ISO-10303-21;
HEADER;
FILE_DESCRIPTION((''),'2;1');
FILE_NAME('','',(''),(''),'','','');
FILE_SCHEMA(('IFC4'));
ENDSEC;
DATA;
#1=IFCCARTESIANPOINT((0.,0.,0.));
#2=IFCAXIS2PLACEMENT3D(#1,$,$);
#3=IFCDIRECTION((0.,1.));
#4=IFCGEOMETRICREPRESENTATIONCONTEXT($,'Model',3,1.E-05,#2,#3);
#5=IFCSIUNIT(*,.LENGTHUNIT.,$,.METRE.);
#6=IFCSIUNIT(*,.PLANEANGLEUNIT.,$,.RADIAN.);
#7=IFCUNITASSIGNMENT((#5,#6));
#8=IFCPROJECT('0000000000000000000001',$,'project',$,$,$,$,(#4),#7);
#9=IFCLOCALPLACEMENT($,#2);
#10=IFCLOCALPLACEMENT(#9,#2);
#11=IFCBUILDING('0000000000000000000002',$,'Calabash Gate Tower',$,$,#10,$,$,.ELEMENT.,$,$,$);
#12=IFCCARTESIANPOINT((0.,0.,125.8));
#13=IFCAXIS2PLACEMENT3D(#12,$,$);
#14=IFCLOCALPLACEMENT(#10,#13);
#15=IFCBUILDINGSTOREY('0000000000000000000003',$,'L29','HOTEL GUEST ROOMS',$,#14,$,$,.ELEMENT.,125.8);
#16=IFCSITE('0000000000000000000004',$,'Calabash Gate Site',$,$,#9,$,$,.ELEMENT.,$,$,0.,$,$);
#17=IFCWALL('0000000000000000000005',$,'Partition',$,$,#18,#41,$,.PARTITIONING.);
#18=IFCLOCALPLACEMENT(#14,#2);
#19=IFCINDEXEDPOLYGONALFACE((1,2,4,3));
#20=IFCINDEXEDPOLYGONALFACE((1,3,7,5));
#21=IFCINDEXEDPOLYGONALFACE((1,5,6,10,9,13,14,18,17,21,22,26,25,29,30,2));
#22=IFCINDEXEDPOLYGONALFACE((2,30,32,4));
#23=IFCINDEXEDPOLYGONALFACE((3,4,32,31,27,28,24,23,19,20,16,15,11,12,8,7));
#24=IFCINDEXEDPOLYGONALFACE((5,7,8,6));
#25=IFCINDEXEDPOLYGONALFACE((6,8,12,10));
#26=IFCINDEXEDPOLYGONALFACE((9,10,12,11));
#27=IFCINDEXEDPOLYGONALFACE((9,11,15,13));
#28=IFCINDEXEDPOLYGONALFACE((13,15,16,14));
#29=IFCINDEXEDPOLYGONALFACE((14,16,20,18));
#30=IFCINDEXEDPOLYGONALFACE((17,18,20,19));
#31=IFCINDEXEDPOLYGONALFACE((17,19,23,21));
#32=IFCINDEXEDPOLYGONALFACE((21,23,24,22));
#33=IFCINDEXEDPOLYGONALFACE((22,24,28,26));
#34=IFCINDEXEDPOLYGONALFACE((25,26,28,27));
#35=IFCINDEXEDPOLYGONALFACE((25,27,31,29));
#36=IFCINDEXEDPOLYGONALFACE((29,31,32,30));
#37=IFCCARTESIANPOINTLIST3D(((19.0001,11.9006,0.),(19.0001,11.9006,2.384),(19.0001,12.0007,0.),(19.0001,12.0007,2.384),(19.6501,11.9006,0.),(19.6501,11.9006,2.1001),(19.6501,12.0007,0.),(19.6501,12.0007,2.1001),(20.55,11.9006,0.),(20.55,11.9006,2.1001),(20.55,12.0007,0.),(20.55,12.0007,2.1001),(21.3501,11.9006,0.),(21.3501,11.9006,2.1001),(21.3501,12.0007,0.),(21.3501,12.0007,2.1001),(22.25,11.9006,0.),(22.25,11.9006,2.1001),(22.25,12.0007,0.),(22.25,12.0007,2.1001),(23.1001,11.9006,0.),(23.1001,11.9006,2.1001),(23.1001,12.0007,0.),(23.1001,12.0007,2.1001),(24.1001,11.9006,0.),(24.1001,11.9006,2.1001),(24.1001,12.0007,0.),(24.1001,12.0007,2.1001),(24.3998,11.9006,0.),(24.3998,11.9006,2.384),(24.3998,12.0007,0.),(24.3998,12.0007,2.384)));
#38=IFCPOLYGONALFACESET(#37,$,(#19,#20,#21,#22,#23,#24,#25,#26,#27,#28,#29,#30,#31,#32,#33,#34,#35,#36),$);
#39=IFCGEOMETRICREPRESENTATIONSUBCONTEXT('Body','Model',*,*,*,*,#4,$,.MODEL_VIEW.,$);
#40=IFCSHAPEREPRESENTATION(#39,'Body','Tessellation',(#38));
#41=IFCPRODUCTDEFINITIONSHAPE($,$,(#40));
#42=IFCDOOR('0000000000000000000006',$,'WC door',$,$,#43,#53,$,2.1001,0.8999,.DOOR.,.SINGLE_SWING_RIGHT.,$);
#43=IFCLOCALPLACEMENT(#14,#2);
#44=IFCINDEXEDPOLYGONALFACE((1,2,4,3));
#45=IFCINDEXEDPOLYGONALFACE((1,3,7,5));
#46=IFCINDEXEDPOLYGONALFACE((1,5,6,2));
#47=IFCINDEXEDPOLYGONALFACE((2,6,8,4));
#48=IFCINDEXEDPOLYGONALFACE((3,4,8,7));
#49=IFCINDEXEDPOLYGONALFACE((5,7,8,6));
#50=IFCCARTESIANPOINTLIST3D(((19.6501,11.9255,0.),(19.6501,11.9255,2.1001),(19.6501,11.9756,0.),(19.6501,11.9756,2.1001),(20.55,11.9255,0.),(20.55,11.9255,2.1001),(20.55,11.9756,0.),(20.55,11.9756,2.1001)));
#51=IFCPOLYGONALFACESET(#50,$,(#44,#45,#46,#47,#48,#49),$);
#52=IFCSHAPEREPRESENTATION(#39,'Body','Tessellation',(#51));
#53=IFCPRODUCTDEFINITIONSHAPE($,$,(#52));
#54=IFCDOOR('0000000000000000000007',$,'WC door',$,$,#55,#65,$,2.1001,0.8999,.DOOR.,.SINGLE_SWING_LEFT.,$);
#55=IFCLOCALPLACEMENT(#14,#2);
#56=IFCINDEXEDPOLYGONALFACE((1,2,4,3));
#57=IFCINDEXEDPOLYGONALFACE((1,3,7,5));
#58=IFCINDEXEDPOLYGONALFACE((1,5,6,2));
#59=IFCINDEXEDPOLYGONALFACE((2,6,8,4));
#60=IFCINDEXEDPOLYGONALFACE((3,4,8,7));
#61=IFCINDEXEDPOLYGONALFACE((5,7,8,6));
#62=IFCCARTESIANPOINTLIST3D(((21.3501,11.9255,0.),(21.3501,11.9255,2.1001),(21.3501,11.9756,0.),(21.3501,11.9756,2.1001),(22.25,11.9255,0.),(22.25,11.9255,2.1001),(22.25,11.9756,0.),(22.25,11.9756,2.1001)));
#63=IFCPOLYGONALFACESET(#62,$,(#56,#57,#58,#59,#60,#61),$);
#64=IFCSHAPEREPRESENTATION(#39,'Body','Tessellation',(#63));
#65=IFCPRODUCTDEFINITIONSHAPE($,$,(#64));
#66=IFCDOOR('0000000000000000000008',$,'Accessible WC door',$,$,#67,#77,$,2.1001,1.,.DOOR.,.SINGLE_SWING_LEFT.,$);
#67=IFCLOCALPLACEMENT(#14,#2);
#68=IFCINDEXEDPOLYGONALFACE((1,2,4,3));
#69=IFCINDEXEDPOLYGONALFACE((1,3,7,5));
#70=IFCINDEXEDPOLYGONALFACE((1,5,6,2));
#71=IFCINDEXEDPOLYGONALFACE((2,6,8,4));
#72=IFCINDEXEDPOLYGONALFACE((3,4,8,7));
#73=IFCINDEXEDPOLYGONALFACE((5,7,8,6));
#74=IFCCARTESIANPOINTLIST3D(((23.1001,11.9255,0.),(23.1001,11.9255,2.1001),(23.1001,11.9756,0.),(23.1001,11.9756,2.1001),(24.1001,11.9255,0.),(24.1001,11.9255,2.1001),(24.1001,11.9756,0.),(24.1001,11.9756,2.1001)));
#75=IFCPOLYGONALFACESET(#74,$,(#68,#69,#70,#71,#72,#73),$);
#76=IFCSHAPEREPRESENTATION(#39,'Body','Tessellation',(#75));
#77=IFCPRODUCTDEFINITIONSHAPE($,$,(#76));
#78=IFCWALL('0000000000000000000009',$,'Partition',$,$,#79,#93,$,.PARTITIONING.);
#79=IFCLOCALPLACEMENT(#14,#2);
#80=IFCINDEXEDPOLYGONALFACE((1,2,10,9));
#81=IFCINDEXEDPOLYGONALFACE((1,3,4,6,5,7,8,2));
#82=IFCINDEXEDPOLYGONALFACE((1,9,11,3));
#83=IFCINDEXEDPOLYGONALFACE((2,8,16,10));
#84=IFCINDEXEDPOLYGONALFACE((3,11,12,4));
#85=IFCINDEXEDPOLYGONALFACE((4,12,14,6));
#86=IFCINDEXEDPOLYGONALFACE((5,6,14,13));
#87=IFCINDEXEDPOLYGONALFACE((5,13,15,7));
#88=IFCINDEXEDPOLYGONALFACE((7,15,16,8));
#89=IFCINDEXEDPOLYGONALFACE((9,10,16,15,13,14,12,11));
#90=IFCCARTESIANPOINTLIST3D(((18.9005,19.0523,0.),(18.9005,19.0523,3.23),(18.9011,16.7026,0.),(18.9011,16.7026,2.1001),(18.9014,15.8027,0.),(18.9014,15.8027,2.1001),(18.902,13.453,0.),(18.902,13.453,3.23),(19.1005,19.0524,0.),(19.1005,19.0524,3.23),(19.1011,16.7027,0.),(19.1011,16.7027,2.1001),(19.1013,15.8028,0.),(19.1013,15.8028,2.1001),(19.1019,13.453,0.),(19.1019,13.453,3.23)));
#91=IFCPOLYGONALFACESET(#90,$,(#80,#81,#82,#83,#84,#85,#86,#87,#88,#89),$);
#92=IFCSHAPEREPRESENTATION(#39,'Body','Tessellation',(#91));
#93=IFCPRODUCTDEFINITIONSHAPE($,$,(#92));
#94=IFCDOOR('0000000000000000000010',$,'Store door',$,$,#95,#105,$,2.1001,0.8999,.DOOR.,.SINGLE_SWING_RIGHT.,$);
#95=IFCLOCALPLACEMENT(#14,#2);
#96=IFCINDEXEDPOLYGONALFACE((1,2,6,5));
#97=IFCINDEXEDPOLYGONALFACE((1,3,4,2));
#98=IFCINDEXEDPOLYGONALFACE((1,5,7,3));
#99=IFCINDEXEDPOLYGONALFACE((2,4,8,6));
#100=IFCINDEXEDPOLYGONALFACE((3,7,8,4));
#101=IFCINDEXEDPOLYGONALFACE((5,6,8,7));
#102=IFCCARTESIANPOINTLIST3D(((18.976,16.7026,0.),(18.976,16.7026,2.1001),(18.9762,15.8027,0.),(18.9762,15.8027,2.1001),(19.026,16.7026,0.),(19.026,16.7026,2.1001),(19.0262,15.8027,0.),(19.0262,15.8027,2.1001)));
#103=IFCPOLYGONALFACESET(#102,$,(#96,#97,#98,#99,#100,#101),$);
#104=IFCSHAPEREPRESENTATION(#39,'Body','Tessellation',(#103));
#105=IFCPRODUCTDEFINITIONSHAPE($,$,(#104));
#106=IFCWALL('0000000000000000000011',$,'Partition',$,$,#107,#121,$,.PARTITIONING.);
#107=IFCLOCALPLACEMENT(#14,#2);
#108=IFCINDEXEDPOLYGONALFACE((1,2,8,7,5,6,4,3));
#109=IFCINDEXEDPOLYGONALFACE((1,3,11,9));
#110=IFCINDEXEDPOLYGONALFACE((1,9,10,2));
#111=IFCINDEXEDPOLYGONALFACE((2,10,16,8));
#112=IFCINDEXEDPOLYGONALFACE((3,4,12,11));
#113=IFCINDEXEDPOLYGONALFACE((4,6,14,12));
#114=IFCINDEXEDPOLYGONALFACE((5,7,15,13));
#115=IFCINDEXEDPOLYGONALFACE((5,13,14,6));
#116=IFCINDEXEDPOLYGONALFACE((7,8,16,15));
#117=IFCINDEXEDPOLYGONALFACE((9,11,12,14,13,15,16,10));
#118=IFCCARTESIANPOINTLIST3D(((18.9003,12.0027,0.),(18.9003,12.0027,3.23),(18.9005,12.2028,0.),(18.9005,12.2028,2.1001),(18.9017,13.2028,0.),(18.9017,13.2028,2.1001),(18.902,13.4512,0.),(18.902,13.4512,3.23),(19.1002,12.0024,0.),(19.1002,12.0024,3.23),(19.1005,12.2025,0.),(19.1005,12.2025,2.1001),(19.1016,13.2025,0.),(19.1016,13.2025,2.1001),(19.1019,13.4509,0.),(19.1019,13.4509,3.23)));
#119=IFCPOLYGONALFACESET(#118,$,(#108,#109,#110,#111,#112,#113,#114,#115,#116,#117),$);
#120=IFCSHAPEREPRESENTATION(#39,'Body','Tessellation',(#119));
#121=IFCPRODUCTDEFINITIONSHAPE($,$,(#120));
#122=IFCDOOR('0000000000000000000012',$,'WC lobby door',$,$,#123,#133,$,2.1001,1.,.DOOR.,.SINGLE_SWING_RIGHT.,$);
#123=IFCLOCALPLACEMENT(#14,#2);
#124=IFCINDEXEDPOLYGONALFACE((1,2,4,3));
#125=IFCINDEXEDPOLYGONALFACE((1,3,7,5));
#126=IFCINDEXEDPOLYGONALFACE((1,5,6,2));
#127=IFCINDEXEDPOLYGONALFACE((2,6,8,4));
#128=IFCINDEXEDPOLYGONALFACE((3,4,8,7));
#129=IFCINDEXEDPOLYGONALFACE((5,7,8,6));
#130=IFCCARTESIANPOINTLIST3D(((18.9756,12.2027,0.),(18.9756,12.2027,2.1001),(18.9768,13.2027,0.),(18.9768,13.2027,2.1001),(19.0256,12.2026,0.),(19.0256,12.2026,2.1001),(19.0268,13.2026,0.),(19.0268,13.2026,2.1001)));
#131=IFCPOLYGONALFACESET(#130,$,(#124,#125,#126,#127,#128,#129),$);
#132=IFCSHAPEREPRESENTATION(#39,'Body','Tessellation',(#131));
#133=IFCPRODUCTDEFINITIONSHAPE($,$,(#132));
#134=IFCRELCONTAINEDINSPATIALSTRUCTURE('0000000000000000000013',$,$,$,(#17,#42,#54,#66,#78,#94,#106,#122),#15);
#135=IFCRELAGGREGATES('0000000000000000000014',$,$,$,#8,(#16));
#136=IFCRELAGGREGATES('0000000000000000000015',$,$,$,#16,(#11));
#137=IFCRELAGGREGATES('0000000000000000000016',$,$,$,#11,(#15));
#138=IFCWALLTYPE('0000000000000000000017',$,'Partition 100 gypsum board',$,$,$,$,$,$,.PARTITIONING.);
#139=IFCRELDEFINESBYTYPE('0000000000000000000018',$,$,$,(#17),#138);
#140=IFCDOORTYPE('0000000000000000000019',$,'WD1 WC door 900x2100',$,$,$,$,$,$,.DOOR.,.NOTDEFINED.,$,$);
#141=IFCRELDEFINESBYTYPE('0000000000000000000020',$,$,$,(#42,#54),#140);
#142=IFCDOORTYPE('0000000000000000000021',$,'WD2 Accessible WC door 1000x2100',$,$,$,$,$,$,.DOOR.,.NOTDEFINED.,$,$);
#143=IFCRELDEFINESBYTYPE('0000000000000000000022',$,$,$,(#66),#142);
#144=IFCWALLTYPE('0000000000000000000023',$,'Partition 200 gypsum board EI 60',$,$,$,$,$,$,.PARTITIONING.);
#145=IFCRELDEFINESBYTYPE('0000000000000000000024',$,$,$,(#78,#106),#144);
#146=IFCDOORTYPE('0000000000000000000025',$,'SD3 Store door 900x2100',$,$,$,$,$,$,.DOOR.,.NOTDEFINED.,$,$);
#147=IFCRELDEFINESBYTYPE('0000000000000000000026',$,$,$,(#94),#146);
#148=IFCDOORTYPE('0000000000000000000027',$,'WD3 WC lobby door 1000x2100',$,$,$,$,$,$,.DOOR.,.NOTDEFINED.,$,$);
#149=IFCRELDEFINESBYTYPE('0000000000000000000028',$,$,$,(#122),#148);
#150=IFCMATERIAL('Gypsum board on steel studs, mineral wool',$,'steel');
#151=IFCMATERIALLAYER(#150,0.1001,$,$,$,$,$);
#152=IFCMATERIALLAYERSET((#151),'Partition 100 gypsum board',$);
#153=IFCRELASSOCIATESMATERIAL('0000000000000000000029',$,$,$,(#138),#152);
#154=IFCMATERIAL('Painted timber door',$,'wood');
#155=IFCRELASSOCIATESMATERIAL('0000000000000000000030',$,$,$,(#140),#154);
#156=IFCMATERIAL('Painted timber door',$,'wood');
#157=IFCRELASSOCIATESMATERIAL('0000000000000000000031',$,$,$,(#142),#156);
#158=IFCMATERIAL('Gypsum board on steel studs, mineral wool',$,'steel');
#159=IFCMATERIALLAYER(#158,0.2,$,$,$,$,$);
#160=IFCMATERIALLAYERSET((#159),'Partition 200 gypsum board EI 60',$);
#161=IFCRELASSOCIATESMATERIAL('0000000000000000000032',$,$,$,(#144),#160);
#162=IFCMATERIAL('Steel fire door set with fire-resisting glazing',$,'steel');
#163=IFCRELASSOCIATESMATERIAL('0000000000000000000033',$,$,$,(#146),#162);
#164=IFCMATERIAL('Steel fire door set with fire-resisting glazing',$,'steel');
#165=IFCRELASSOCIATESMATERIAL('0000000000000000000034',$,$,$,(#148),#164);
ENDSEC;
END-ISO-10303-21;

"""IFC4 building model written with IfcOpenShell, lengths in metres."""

from ifc_helpers import new_model, si_unit, direction, frame, frame_2d, origin, place, context, subcontext, project, spatial, rectangle, extrude, material, layer, layer_set, type_object, element, fill, save


model = new_model("IFC4")

# Units and contexts
model_context = context("Model", 3, precision=1e-05, world=origin(), true_north=direction((0.0, 1.0)))
body_context = subcontext(model_context, "Body", "Model", "MODEL_VIEW")
ifc_project = project(units=[si_unit("LENGTHUNIT", "METRE"), si_unit("PLANEANGLEUNIT", "RADIAN")], contexts=[model_context])

# Site, building, storey
site_placement = place(None, origin())
site = spatial("IfcSite", under=ifc_project, at=site_placement, Name="Calabash Gate Site", CompositionType="ELEMENT", RefElevation=0.0)
building_placement = place(site_placement, origin())
building = spatial("IfcBuilding", under=site, at=building_placement, Name="Calabash Gate Tower", CompositionType="ELEMENT")
storey_placement = place(building_placement, frame((0.0, 0.0, 125.8)))
storey = spatial("IfcBuildingStorey", under=building, at=storey_placement, Name="L29", Description="HOTEL GUEST ROOMS", CompositionType="ELEMENT", Elevation=125.8)

# Wall, openings, doors
ifc_material_1 = material(Name="Gypsum board on steel studs, mineral wool", Category="steel")
ifc_layer_1 = layer(ifc_material_1, 0.1001)
ifc_layer_set_1 = layer_set([ifc_layer_1], Name="Partition 100 gypsum board")
wall_type_1 = type_object("IfcWallType", Name="Partition 100 gypsum board", PredefinedType="PARTITIONING", material=ifc_layer_set_1)
wall_1_placement = place(storey_placement, frame((19.0002, 11.9507, 0.0), z_axis=(0.0, 0.0, 1.0), x_axis=(1.0, 0.0, 0.0)))
wall_1 = element("IfcWall", 1, at=wall_1_placement, inside=storey, type_object=wall_type_1, Name="Partition", PredefinedType="PARTITIONING", context=body_context, shape_type="SweptSolid", body=[
    extrude(rectangle(XDim=5.3997, YDim=0.1001, at=frame_2d((2.6997, 0.0))), origin(), (0.0, 0.0, 1.0), 2.384),
])
opening_1_placement = place(wall_1_placement, frame((0.6499, 0.0, 0.0)))
opening_1 = element("IfcOpeningElement", 2, at=opening_1_placement, cuts=wall_1, PredefinedType="OPENING", context=body_context, shape_type="SweptSolid", body=[
    extrude(rectangle(XDim=0.8999, YDim=2.1001, at=frame_2d((0.45, 1.05))), frame((0.0, 0.0601, 0.0), z_axis=(0.0, -1.0, 0.0), x_axis=(1.0, 0.0, 0.0)), (0.0, 0.0, 1.0), 0.1201),
])
opening_2_placement = place(wall_1_placement, frame((2.3499, 0.0, 0.0)))
opening_2 = element("IfcOpeningElement", 3, at=opening_2_placement, cuts=wall_1, PredefinedType="OPENING", context=body_context, shape_type="SweptSolid", body=[
    extrude(rectangle(XDim=0.8999, YDim=2.1001, at=frame_2d((0.45, 1.05))), frame((0.0, 0.0601, 0.0), z_axis=(0.0, -1.0, 0.0), x_axis=(1.0, 0.0, 0.0)), (0.0, 0.0, 1.0), 0.1201),
])
opening_3_placement = place(wall_1_placement, frame((4.0999, 0.0, 0.0)))
opening_3 = element("IfcOpeningElement", 4, at=opening_3_placement, cuts=wall_1, PredefinedType="OPENING", context=body_context, shape_type="SweptSolid", body=[
    extrude(rectangle(XDim=1.0, YDim=2.1001, at=frame_2d((0.5, 1.05))), frame((0.0, 0.0601, 0.0), z_axis=(0.0, -1.0, 0.0), x_axis=(1.0, 0.0, 0.0)), (0.0, 0.0, 1.0), 0.1201),
])
ifc_material_2 = material(Name="Painted timber door", Category="wood")
door_type_1 = type_object("IfcDoorType", Name="WD1 WC door 900x2100", OperationType="NOTDEFINED", PredefinedType="DOOR", material=ifc_material_2)
door_1_placement = place(opening_1_placement, origin())
door_1 = element("IfcDoor", 5, at=door_1_placement, inside=storey, type_object=door_type_1, Name="WC door", OperationType="SINGLE_SWING_RIGHT", OverallHeight=2.1001, OverallWidth=0.8999, PredefinedType="DOOR", context=body_context, shape_type="SweptSolid", body=[
    extrude(rectangle(XDim=0.8999, YDim=2.1001, at=frame_2d((0.45, 1.05))), frame((0.0, 0.0249, 0.0), z_axis=(0.0, -1.0, 0.0), x_axis=(1.0, 0.0, 0.0)), (0.0, 0.0, 1.0), 0.05),
])
fill(opening_1, door_1)
door_2_placement = place(opening_2_placement, origin())
door_2 = element("IfcDoor", 6, at=door_2_placement, inside=storey, type_object=door_type_1, Name="WC door", OperationType="SINGLE_SWING_LEFT", OverallHeight=2.1001, OverallWidth=0.8999, PredefinedType="DOOR", context=body_context, shape_type="SweptSolid", body=[
    extrude(rectangle(XDim=0.8999, YDim=2.1001, at=frame_2d((0.45, 1.05))), frame((0.0, 0.0249, 0.0), z_axis=(0.0, -1.0, 0.0), x_axis=(1.0, 0.0, 0.0)), (0.0, 0.0, 1.0), 0.05),
])
fill(opening_2, door_2)
ifc_material_3 = material(Name="Painted timber door", Category="wood")
door_type_2 = type_object("IfcDoorType", Name="WD2 Accessible WC door 1000x2100", OperationType="NOTDEFINED", PredefinedType="DOOR", material=ifc_material_3)
door_3_placement = place(opening_3_placement, origin())
door_3 = element("IfcDoor", 7, at=door_3_placement, inside=storey, type_object=door_type_2, Name="Accessible WC door", OperationType="SINGLE_SWING_LEFT", OverallHeight=2.1001, OverallWidth=1.0, PredefinedType="DOOR", context=body_context, shape_type="SweptSolid", body=[
    extrude(rectangle(XDim=1.0, YDim=2.1001, at=frame_2d((0.5, 1.05))), frame((0.0, 0.0249, 0.0), z_axis=(0.0, -1.0, 0.0), x_axis=(1.0, 0.0, 0.0)), (0.0, 0.0, 1.0), 0.05),
])
fill(opening_3, door_3)

# Walls, openings, doors
ifc_material_4 = material(Name="Gypsum board on steel studs, mineral wool", Category="steel")
ifc_layer_2 = layer(ifc_material_4, 0.2)
ifc_layer_set_2 = layer_set([ifc_layer_2], Name="Partition 200 gypsum board EI 60")
wall_type_2 = type_object("IfcWallType", Name="Partition 200 gypsum board EI 60", PredefinedType="PARTITIONING", material=ifc_layer_set_2)
wall_2_placement = place(storey_placement, frame((19.0005, 19.0525, 0.0), z_axis=(0.0, 0.0, 1.0), x_axis=(0.000262, -1.0, 0.0)))
wall_2 = element("IfcWall", 8, at=wall_2_placement, inside=storey, type_object=wall_type_2, Name="Partition", PredefinedType="PARTITIONING", context=body_context, shape_type="SweptSolid", body=[
    extrude(rectangle(XDim=5.5994, YDim=0.2, at=frame_2d((2.7998, 0.0))), origin(), (0.0, 0.0, 1.0), 3.23),
])
opening_4_placement = place(wall_2_placement, frame((2.3499, 0.0, 0.0)))
opening_4 = element("IfcOpeningElement", 9, at=opening_4_placement, cuts=wall_2, PredefinedType="OPENING", context=body_context, shape_type="SweptSolid", body=[
    extrude(rectangle(XDim=0.8999, YDim=2.1001, at=frame_2d((0.45, 1.05))), frame((0.0, 0.1099, 0.0), z_axis=(0.0, -1.0, 0.0), x_axis=(1.0, 0.0, 0.0)), (0.0, 0.0, 1.0), 0.22),
])
ifc_material_5 = material(Name="Steel fire door set with fire-resisting glazing", Category="steel")
door_type_3 = type_object("IfcDoorType", Name="SD3 Store door 900x2100", OperationType="NOTDEFINED", PredefinedType="DOOR", material=ifc_material_5)
door_4_placement = place(opening_4_placement, origin())
door_4 = element("IfcDoor", 10, at=door_4_placement, inside=storey, type_object=door_type_3, Name="Store door", OperationType="SINGLE_SWING_RIGHT", OverallHeight=2.1001, OverallWidth=0.8999, PredefinedType="DOOR", context=body_context, shape_type="SweptSolid", body=[
    extrude(rectangle(XDim=0.8999, YDim=2.1001, at=frame_2d((0.45, 1.05))), frame((0.0, 0.0249, 0.0), z_axis=(0.0, -1.0, 0.0), x_axis=(1.0, 0.0, 0.0)), (0.0, 0.0, 1.0), 0.05),
])
fill(opening_4, door_4)
wall_3_placement = place(storey_placement, frame((19.0002, 12.0027, 0.0), z_axis=(0.0, 0.0, 1.0), x_axis=(0.00118, 0.999999, 0.0)))
wall_3 = element("IfcWall", 11, at=wall_3_placement, inside=storey, type_object=wall_type_2, Name="Partition", PredefinedType="PARTITIONING", context=body_context, shape_type="SweptSolid", body=[
    extrude(rectangle(XDim=1.4485, YDim=0.2, at=frame_2d((0.7241, 0.0))), origin(), (0.0, 0.0, 1.0), 3.23),
])
opening_5_placement = place(wall_3_placement, frame((0.2, 0.0, 0.0)))
opening_5 = element("IfcOpeningElement", 12, at=opening_5_placement, cuts=wall_3, PredefinedType="OPENING", context=body_context, shape_type="SweptSolid", body=[
    extrude(rectangle(XDim=1.0, YDim=2.1001, at=frame_2d((0.5, 1.05))), frame((0.0, 0.1099, 0.0), z_axis=(0.0, -1.0, 0.0), x_axis=(1.0, 0.0, 0.0)), (0.0, 0.0, 1.0), 0.22),
])
ifc_material_6 = material(Name="Steel fire door set with fire-resisting glazing", Category="steel")
door_type_4 = type_object("IfcDoorType", Name="WD3 WC lobby door 1000x2100", OperationType="NOTDEFINED", PredefinedType="DOOR", material=ifc_material_6)
door_5_placement = place(opening_5_placement, origin())
door_5 = element("IfcDoor", 13, at=door_5_placement, inside=storey, type_object=door_type_4, Name="WC lobby door", OperationType="SINGLE_SWING_RIGHT", OverallHeight=2.1001, OverallWidth=1.0, PredefinedType="DOOR", context=body_context, shape_type="SweptSolid", body=[
    extrude(rectangle(XDim=1.0, YDim=2.1001, at=frame_2d((0.5, 1.05))), frame((0.0, 0.0249, 0.0), z_axis=(0.0, -1.0, 0.0), x_axis=(1.0, 0.0, 0.0)), (0.0, 0.0, 1.0), 0.05),
])
fill(opening_5, door_5)

save(model, "model.ifc")
